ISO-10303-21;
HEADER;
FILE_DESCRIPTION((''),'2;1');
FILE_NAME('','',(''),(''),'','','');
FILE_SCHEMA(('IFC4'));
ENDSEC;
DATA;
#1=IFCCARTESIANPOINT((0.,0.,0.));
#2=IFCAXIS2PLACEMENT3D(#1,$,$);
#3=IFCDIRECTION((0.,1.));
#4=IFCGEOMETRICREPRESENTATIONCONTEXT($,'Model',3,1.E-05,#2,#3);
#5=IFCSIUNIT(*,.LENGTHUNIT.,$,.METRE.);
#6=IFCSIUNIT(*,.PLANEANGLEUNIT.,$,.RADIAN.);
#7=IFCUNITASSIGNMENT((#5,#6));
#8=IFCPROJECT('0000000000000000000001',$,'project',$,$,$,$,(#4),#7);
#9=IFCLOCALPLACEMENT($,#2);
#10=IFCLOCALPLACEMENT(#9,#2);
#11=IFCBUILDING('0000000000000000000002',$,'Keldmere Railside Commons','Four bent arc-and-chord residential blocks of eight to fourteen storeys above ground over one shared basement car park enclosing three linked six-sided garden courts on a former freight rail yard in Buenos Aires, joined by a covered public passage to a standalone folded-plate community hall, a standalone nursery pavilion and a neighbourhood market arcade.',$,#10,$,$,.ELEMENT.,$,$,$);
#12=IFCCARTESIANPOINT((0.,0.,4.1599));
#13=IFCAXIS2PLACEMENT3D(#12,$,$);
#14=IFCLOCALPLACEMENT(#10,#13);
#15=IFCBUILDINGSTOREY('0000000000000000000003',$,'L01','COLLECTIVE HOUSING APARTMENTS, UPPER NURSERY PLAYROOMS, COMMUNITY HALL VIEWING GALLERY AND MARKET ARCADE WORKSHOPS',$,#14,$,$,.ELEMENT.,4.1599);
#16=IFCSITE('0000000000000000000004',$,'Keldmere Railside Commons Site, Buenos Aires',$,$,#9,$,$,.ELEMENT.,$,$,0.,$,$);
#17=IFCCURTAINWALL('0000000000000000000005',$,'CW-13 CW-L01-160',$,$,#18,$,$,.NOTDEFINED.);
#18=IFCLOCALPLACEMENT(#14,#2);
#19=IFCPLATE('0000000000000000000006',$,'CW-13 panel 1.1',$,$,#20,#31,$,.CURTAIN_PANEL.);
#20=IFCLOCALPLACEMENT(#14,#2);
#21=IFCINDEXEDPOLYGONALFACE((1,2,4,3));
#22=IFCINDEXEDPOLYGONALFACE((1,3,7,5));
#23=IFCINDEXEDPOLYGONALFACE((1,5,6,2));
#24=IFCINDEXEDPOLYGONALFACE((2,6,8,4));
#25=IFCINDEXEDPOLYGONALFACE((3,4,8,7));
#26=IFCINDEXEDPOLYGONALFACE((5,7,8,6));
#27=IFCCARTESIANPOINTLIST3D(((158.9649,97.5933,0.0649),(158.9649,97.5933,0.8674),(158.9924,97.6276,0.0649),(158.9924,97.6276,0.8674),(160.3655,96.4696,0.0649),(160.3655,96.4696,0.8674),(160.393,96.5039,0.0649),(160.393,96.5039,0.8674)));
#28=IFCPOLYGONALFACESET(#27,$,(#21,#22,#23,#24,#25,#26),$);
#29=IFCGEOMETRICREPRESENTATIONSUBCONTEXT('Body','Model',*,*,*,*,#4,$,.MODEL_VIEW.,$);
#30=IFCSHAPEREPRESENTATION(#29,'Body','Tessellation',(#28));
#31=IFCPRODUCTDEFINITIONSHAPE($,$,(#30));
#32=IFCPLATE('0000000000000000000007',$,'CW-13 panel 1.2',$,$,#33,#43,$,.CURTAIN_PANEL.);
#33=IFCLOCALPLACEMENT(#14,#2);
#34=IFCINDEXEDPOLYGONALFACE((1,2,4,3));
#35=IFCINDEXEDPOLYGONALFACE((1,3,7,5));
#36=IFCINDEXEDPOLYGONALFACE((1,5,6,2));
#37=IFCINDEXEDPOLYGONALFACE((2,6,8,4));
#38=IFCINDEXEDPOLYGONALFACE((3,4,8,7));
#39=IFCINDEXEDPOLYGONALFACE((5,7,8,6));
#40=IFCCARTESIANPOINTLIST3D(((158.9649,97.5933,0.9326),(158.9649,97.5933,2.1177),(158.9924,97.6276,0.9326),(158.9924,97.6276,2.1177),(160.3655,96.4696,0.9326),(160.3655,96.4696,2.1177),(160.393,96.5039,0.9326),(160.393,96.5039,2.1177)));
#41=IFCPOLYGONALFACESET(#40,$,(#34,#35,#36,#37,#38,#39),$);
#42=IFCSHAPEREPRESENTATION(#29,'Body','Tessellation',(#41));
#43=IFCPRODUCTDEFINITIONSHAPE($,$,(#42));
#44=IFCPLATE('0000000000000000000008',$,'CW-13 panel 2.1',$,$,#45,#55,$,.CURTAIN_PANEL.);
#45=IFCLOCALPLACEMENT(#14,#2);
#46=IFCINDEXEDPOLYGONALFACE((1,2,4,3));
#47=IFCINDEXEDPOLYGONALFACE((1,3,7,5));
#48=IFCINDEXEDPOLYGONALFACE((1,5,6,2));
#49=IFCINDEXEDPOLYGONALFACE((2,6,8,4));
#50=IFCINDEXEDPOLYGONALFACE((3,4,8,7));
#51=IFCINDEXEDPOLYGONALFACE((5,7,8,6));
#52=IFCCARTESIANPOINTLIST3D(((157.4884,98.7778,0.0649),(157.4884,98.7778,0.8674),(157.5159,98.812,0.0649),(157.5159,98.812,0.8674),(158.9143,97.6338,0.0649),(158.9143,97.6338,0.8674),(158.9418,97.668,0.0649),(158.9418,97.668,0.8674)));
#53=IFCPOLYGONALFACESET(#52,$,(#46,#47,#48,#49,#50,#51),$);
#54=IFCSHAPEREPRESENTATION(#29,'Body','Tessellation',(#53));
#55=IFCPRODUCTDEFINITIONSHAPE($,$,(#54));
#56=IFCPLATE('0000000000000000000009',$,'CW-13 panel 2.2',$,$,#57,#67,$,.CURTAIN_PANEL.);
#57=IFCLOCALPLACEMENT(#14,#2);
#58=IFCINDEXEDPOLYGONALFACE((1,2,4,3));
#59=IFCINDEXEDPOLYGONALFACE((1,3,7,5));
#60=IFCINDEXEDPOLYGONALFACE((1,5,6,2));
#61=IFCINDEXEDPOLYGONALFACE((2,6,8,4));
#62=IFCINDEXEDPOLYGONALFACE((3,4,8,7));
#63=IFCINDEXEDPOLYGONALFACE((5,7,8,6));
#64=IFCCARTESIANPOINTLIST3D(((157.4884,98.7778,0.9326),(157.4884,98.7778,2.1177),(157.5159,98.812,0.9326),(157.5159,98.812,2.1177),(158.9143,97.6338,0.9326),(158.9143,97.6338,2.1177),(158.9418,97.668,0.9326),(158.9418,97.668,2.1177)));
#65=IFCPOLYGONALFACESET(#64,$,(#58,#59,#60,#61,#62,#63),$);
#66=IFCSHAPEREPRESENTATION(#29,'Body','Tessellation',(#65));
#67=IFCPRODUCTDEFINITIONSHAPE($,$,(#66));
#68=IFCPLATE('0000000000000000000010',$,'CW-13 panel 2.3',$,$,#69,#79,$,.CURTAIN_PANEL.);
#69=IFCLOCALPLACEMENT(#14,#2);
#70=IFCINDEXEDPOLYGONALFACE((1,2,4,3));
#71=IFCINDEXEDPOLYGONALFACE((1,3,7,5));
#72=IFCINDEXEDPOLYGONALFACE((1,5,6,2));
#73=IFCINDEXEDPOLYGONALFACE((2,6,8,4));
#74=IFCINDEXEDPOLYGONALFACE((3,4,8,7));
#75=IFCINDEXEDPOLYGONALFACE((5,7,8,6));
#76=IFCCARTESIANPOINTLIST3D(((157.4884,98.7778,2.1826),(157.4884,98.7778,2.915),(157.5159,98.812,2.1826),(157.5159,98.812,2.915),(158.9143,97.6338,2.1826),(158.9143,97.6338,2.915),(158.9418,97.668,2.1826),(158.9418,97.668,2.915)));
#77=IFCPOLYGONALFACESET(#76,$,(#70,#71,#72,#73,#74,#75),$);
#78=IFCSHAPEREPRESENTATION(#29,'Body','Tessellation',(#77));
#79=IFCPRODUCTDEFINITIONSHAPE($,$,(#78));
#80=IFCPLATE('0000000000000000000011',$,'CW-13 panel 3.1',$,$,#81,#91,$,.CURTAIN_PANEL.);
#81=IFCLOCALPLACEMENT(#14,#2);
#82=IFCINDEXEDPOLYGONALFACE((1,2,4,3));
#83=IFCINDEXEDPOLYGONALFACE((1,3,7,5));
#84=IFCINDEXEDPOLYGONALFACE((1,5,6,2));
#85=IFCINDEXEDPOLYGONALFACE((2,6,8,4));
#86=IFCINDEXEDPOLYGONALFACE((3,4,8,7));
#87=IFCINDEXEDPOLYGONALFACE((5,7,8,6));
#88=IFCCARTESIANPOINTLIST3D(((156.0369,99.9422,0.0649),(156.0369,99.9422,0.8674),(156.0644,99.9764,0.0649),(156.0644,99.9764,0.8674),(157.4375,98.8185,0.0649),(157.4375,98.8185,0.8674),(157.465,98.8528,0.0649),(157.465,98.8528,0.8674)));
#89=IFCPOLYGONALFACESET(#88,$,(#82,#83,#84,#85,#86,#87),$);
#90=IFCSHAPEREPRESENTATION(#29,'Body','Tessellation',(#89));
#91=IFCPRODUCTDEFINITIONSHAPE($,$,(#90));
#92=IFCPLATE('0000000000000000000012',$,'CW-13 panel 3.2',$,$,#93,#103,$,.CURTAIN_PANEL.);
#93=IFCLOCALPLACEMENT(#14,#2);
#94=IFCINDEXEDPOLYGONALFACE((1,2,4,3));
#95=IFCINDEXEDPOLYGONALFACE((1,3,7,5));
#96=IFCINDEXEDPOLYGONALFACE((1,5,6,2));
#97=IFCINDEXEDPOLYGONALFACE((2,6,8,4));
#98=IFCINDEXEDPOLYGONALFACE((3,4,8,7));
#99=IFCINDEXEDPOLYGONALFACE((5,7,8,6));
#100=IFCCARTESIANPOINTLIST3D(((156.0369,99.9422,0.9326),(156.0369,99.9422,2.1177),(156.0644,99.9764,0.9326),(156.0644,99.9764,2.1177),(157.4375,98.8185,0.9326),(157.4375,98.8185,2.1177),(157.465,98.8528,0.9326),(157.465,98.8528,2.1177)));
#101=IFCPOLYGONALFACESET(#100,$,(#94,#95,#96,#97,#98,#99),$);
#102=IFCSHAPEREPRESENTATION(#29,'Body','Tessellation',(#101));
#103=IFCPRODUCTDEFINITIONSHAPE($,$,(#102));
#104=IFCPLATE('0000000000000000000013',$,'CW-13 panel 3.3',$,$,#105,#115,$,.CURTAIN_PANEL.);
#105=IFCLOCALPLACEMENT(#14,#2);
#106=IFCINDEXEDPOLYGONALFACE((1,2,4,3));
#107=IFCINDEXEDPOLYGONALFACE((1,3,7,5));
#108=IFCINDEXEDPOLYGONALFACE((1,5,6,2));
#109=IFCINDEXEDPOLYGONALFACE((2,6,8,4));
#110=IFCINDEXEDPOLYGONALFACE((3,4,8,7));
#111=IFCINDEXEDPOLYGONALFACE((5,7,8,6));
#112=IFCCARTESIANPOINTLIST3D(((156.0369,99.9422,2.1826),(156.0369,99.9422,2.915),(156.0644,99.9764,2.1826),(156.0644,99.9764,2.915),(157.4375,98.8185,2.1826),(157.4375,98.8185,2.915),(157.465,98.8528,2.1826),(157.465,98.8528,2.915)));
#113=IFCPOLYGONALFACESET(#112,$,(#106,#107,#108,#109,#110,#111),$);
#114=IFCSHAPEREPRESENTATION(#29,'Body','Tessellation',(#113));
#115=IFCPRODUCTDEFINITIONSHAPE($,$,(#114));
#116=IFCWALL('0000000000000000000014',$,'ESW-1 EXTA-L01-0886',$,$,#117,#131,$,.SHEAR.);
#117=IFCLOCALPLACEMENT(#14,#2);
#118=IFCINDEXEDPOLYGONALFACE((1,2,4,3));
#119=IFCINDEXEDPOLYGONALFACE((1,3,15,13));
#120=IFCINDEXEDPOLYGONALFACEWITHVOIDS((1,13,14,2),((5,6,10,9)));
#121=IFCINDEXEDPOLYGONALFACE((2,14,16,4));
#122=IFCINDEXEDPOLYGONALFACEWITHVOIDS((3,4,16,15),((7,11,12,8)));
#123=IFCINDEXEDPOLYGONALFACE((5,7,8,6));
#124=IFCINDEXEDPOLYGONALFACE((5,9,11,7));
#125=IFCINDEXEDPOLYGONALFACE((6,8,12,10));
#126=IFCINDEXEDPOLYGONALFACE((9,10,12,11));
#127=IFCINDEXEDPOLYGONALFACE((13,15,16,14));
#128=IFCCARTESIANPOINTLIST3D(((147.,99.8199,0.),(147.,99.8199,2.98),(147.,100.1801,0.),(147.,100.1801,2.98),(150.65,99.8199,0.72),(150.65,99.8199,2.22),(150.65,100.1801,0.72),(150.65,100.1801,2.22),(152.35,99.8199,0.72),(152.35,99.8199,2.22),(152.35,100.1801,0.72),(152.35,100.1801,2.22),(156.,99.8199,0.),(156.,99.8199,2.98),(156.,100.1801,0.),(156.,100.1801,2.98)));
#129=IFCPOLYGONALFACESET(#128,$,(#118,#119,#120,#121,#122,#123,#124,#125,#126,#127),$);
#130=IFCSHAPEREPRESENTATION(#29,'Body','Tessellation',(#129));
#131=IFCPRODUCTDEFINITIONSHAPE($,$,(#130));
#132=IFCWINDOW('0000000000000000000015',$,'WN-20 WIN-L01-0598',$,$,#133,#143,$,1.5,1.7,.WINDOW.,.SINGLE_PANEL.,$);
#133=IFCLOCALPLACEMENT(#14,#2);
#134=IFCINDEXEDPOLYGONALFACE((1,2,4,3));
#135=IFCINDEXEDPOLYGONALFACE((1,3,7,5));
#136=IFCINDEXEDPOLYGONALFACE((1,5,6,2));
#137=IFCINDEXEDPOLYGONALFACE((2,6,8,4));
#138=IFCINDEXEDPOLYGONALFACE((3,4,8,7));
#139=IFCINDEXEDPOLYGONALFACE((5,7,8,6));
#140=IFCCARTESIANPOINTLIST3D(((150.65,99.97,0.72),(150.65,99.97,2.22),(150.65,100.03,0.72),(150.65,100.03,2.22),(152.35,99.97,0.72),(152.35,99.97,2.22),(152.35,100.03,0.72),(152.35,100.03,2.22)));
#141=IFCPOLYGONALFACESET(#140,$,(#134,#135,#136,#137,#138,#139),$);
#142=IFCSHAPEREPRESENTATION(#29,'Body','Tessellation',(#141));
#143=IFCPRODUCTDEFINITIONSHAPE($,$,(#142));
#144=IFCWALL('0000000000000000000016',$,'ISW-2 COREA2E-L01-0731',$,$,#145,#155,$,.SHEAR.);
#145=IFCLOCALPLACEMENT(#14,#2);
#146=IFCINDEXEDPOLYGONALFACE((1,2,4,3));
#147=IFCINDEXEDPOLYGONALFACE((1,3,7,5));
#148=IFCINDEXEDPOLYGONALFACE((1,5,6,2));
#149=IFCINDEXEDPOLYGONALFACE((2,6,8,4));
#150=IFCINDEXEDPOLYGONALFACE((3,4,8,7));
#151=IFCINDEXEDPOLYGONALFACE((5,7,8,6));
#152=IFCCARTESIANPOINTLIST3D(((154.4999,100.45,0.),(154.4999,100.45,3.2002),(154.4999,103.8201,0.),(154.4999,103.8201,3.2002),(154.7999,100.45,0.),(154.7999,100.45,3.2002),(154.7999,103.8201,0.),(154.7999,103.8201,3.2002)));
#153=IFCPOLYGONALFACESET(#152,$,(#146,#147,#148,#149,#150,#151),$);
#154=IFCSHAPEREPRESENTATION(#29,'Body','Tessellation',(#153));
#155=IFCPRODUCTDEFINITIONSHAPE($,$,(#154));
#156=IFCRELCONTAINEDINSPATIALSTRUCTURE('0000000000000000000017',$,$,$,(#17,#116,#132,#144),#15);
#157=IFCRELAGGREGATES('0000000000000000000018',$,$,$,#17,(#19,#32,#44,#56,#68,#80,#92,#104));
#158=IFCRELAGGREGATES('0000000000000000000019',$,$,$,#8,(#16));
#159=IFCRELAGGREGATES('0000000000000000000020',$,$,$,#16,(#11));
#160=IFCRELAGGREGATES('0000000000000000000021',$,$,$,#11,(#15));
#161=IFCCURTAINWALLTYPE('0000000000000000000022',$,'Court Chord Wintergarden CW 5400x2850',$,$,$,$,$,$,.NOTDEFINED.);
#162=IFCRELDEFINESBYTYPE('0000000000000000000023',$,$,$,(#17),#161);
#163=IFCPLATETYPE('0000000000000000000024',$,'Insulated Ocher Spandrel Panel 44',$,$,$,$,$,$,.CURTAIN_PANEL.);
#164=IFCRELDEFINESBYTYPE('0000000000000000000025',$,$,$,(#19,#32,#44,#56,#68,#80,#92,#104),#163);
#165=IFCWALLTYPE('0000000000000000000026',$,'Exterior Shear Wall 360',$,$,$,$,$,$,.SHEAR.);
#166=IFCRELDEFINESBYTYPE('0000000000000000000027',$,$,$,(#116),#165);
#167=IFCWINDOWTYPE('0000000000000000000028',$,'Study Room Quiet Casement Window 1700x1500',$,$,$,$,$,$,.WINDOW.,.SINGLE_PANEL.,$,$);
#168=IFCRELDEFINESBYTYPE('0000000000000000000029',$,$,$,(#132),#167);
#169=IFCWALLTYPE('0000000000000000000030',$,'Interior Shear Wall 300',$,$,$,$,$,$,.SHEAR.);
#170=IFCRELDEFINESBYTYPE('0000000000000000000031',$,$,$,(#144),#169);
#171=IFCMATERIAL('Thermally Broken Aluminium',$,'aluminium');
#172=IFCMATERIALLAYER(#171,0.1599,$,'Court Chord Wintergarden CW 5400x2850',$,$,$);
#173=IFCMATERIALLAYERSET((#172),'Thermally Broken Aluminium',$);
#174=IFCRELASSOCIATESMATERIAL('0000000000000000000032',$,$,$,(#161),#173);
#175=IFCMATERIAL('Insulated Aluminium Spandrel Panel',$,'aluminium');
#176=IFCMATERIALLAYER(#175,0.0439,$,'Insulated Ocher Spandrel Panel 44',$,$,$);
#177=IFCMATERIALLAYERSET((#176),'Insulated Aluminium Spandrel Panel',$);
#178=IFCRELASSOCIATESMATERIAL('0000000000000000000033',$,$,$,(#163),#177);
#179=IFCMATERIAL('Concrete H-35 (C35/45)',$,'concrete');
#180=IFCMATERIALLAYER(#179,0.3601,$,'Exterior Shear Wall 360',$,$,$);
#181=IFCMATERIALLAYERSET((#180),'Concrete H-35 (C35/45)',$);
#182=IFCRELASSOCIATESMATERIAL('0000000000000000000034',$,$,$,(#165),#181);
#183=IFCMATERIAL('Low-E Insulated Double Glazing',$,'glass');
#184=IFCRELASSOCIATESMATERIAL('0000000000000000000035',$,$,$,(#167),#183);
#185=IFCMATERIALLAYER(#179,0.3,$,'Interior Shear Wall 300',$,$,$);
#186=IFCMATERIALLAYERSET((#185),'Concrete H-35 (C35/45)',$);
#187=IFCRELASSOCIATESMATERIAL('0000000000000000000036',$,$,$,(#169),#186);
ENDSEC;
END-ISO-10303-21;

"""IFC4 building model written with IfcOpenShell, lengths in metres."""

from ifc_helpers import new_model, si_unit, direction, frame, frame_2d, origin, origin_2d, place, context, subcontext, project, spatial, rectangle, extrude, material, layer, layer_set, type_object, element, fill, aggregate, save


model = new_model("IFC4")

# Units and contexts
model_context = context("Model", 3, precision=1e-05, world=origin(), true_north=direction((0.0, 1.0)))
body_context = subcontext(model_context, "Body", "Model", "MODEL_VIEW")
ifc_project = project(units=[si_unit("LENGTHUNIT", "METRE"), si_unit("PLANEANGLEUNIT", "RADIAN")], contexts=[model_context])

# Site, building, storey
site_placement = place(None, origin())
site = spatial("IfcSite", under=ifc_project, at=site_placement, Name="Keldmere Railside Commons Site, Buenos Aires", CompositionType="ELEMENT", RefElevation=0.0)
building_placement = place(site_placement, origin())
building = spatial("IfcBuilding", under=site, at=building_placement, Name="Keldmere Railside Commons", Description="Four bent arc-and-chord residential blocks of eight to fourteen storeys above ground over one shared basement car park enclosing three linked six-sided garden courts on a former freight rail yard in Buenos Aires, joined by a covered public passage to a standalone folded-plate community hall, a standalone nursery pavilion and a neighbourhood market arcade.", CompositionType="ELEMENT")
storey_placement = place(building_placement, frame((0.0, 0.0, 4.1599)))
storey = spatial("IfcBuildingStorey", under=building, at=storey_placement, Name="L01", Description="COLLECTIVE HOUSING APARTMENTS, UPPER NURSERY PLAYROOMS, COMMUNITY HALL VIEWING GALLERY AND MARKET ARCADE WORKSHOPS", CompositionType="ELEMENT", Elevation=4.1599)

# Curtain wall, plates
ifc_material_1 = material(Name="Thermally Broken Aluminium", Category="aluminium")
ifc_layer_1 = layer(ifc_material_1, 0.1599, Name="Court Chord Wintergarden CW 5400x2850")
ifc_layer_set_1 = layer_set([ifc_layer_1], Name="Thermally Broken Aluminium")
curtain_wall_type = type_object("IfcCurtainWallType", Name="Court Chord Wintergarden CW 5400x2850", PredefinedType="NOTDEFINED", material=ifc_layer_set_1)
curtain_wall_placement = place(storey_placement, origin())
curtain_wall = element("IfcCurtainWall", 1, at=curtain_wall_placement, inside=storey, type_object=curtain_wall_type, Name="CW-13 CW-L01-160", PredefinedType="NOTDEFINED")
ifc_material_2 = material(Name="Insulated Aluminium Spandrel Panel", Category="aluminium")
ifc_layer_2 = layer(ifc_material_2, 0.0439, Name="Insulated Ocher Spandrel Panel 44")
ifc_layer_set_2 = layer_set([ifc_layer_2], Name="Insulated Aluminium Spandrel Panel")
plate_type = type_object("IfcPlateType", Name="Insulated Ocher Spandrel Panel 44", PredefinedType="CURTAIN_PANEL", material=ifc_layer_set_2)
plate_1_placement = place(storey_placement, frame((159.679, 97.0486, 0.0649), z_axis=(0.0, 0.0, 1.0), x_axis=(-0.780009, 0.625768, 0.0)))
plate_1 = element("IfcPlate", 2, at=plate_1_placement, type_object=plate_type, Name="CW-13 panel 1.1", PredefinedType="CURTAIN_PANEL", context=body_context, shape_type="SweptSolid", body=[
    extrude(rectangle(XDim=1.7957, YDim=0.0439, at=origin_2d()), origin(), (0.0, 0.0, 1.0), 0.8025),
])
plate_2_placement = place(storey_placement, frame((159.679, 97.0486, 0.9326), z_axis=(0.0, 0.0, 1.0), x_axis=(-0.780009, 0.625768, 0.0)))
plate_2 = element("IfcPlate", 3, at=plate_2_placement, type_object=plate_type, Name="CW-13 panel 1.2", PredefinedType="CURTAIN_PANEL", context=body_context, shape_type="SweptSolid", body=[
    extrude(rectangle(XDim=1.7957, YDim=0.0439, at=origin_2d()), origin(), (0.0, 0.0, 1.0), 1.1851),
])
plate_3_placement = place(storey_placement, frame((158.2151, 98.2229, 0.0649), z_axis=(0.0, 0.0, 1.0), x_axis=(-0.780009, 0.625768, 0.0)))
plate_3 = element("IfcPlate", 4, at=plate_3_placement, type_object=plate_type, Name="CW-13 panel 2.1", PredefinedType="CURTAIN_PANEL", context=body_context, shape_type="SweptSolid", body=[
    extrude(rectangle(XDim=1.8281, YDim=0.0439, at=origin_2d()), origin(), (0.0, 0.0, 1.0), 0.8025),
])
plate_4_placement = place(storey_placement, frame((158.2151, 98.2229, 0.9326), z_axis=(0.0, 0.0, 1.0), x_axis=(-0.780009, 0.625768, 0.0)))
plate_4 = element("IfcPlate", 5, at=plate_4_placement, type_object=plate_type, Name="CW-13 panel 2.2", PredefinedType="CURTAIN_PANEL", context=body_context, shape_type="SweptSolid", body=[
    extrude(rectangle(XDim=1.8281, YDim=0.0439, at=origin_2d()), origin(), (0.0, 0.0, 1.0), 1.1851),
])
plate_5_placement = place(storey_placement, frame((158.2151, 98.2229, 2.1826), z_axis=(0.0, 0.0, 1.0), x_axis=(-0.780009, 0.625768, 0.0)))
plate_5 = element("IfcPlate", 6, at=plate_5_placement, type_object=plate_type, Name="CW-13 panel 2.3", PredefinedType="CURTAIN_PANEL", context=body_context, shape_type="SweptSolid", body=[
    extrude(rectangle(XDim=1.8281, YDim=0.0439, at=origin_2d()), origin(), (0.0, 0.0, 1.0), 0.7324),
])
plate_6_placement = place(storey_placement, frame((156.751, 99.3975, 0.0649), z_axis=(0.0, 0.0, 1.0), x_axis=(-0.780009, 0.625768, 0.0)))
plate_6 = element("IfcPlate", 7, at=plate_6_placement, type_object=plate_type, Name="CW-13 panel 3.1", PredefinedType="CURTAIN_PANEL", context=body_context, shape_type="SweptSolid", body=[
    extrude(rectangle(XDim=1.7957, YDim=0.0439, at=origin_2d()), origin(), (0.0, 0.0, 1.0), 0.8025),
])
plate_7_placement = place(storey_placement, frame((156.751, 99.3975, 0.9326), z_axis=(0.0, 0.0, 1.0), x_axis=(-0.780009, 0.625768, 0.0)))
plate_7 = element("IfcPlate", 8, at=plate_7_placement, type_object=plate_type, Name="CW-13 panel 3.2", PredefinedType="CURTAIN_PANEL", context=body_context, shape_type="SweptSolid", body=[
    extrude(rectangle(XDim=1.7957, YDim=0.0439, at=origin_2d()), origin(), (0.0, 0.0, 1.0), 1.1851),
])
plate_8_placement = place(storey_placement, frame((156.751, 99.3975, 2.1826), z_axis=(0.0, 0.0, 1.0), x_axis=(-0.780009, 0.625768, 0.0)))
plate_8 = element("IfcPlate", 9, at=plate_8_placement, type_object=plate_type, Name="CW-13 panel 3.3", PredefinedType="CURTAIN_PANEL", context=body_context, shape_type="SweptSolid", body=[
    extrude(rectangle(XDim=1.7957, YDim=0.0439, at=origin_2d()), origin(), (0.0, 0.0, 1.0), 0.7324),
])
aggregate(curtain_wall, [plate_1, plate_2, plate_3, plate_4, plate_5, plate_6, plate_7, plate_8])

# Wall, opening, window
ifc_material_3 = material(Name="Concrete H-35 (C35/45)", Category="concrete")
ifc_layer_3 = layer(ifc_material_3, 0.3601, Name="Exterior Shear Wall 360")
ifc_layer_set_3 = layer_set([ifc_layer_3], Name="Concrete H-35 (C35/45)")
wall_type_1 = type_object("IfcWallType", Name="Exterior Shear Wall 360", PredefinedType="SHEAR", material=ifc_layer_set_3)
wall_1_placement = place(storey_placement, frame((156.0, 100.0, 0.0), z_axis=(0.0, 0.0, 1.0), x_axis=(-1.0, 0.0, 0.0)))
wall_1 = element("IfcWall", 10, at=wall_1_placement, inside=storey, type_object=wall_type_1, Name="ESW-1 EXTA-L01-0886", PredefinedType="SHEAR", context=body_context, shape_type="SweptSolid", body=[
    extrude(rectangle(XDim=9.0, YDim=0.3601, at=frame_2d((4.5, 0.0))), origin(), (0.0, 0.0, 1.0), 2.98),
])
opening_placement = place(wall_1_placement, frame((3.6499, 0.0, 0.72)))
opening = element("IfcOpeningElement", 11, at=opening_placement, cuts=wall_1, PredefinedType="OPENING", context=body_context, shape_type="SweptSolid", body=[
    extrude(rectangle(XDim=1.7, YDim=1.5, at=frame_2d((0.8501, 0.75))), frame((0.0, 0.1899, 0.0), z_axis=(0.0, -1.0, 0.0), x_axis=(1.0, 0.0, 0.0)), (0.0, 0.0, 1.0), 0.3801),
])
ifc_material_4 = material(Name="Low-E Insulated Double Glazing", Category="glass")
window_type = type_object("IfcWindowType", Name="Study Room Quiet Casement Window 1700x1500", PartitioningType="SINGLE_PANEL", PredefinedType="WINDOW", material=ifc_material_4)
window_placement = place(opening_placement, origin())
window = element("IfcWindow", 12, at=window_placement, inside=storey, type_object=window_type, Name="WN-20 WIN-L01-0598", OverallHeight=1.5, OverallWidth=1.7, PartitioningType="SINGLE_PANEL", PredefinedType="WINDOW", context=body_context, shape_type="SweptSolid", body=[
    extrude(rectangle(XDim=1.7, YDim=1.5, at=frame_2d((0.8501, 0.75))), frame((0.0, 0.03, 0.0), z_axis=(0.0, -1.0, 0.0), x_axis=(1.0, 0.0, 0.0)), (0.0, 0.0, 1.0), 0.0601),
])
fill(opening, window)

# Wall
ifc_layer_4 = layer(ifc_material_3, 0.3, Name="Interior Shear Wall 300")
ifc_layer_set_4 = layer_set([ifc_layer_4], Name="Concrete H-35 (C35/45)")
wall_type_2 = type_object("IfcWallType", Name="Interior Shear Wall 300", PredefinedType="SHEAR", material=ifc_layer_set_4)
wall_2_placement = place(storey_placement, frame((154.6499, 100.45, 0.0), z_axis=(0.0, 0.0, 1.0), x_axis=(0.0, 1.0, 0.0)))
element("IfcWall", 13, at=wall_2_placement, inside=storey, type_object=wall_type_2, Name="ISW-2 COREA2E-L01-0731", PredefinedType="SHEAR", context=body_context, shape_type="SweptSolid", body=[
    extrude(rectangle(XDim=3.3701, YDim=0.3, at=frame_2d((1.6851, 0.0))), origin(), (0.0, 0.0, 1.0), 3.2002),
])

save(model, "model.ifc")
